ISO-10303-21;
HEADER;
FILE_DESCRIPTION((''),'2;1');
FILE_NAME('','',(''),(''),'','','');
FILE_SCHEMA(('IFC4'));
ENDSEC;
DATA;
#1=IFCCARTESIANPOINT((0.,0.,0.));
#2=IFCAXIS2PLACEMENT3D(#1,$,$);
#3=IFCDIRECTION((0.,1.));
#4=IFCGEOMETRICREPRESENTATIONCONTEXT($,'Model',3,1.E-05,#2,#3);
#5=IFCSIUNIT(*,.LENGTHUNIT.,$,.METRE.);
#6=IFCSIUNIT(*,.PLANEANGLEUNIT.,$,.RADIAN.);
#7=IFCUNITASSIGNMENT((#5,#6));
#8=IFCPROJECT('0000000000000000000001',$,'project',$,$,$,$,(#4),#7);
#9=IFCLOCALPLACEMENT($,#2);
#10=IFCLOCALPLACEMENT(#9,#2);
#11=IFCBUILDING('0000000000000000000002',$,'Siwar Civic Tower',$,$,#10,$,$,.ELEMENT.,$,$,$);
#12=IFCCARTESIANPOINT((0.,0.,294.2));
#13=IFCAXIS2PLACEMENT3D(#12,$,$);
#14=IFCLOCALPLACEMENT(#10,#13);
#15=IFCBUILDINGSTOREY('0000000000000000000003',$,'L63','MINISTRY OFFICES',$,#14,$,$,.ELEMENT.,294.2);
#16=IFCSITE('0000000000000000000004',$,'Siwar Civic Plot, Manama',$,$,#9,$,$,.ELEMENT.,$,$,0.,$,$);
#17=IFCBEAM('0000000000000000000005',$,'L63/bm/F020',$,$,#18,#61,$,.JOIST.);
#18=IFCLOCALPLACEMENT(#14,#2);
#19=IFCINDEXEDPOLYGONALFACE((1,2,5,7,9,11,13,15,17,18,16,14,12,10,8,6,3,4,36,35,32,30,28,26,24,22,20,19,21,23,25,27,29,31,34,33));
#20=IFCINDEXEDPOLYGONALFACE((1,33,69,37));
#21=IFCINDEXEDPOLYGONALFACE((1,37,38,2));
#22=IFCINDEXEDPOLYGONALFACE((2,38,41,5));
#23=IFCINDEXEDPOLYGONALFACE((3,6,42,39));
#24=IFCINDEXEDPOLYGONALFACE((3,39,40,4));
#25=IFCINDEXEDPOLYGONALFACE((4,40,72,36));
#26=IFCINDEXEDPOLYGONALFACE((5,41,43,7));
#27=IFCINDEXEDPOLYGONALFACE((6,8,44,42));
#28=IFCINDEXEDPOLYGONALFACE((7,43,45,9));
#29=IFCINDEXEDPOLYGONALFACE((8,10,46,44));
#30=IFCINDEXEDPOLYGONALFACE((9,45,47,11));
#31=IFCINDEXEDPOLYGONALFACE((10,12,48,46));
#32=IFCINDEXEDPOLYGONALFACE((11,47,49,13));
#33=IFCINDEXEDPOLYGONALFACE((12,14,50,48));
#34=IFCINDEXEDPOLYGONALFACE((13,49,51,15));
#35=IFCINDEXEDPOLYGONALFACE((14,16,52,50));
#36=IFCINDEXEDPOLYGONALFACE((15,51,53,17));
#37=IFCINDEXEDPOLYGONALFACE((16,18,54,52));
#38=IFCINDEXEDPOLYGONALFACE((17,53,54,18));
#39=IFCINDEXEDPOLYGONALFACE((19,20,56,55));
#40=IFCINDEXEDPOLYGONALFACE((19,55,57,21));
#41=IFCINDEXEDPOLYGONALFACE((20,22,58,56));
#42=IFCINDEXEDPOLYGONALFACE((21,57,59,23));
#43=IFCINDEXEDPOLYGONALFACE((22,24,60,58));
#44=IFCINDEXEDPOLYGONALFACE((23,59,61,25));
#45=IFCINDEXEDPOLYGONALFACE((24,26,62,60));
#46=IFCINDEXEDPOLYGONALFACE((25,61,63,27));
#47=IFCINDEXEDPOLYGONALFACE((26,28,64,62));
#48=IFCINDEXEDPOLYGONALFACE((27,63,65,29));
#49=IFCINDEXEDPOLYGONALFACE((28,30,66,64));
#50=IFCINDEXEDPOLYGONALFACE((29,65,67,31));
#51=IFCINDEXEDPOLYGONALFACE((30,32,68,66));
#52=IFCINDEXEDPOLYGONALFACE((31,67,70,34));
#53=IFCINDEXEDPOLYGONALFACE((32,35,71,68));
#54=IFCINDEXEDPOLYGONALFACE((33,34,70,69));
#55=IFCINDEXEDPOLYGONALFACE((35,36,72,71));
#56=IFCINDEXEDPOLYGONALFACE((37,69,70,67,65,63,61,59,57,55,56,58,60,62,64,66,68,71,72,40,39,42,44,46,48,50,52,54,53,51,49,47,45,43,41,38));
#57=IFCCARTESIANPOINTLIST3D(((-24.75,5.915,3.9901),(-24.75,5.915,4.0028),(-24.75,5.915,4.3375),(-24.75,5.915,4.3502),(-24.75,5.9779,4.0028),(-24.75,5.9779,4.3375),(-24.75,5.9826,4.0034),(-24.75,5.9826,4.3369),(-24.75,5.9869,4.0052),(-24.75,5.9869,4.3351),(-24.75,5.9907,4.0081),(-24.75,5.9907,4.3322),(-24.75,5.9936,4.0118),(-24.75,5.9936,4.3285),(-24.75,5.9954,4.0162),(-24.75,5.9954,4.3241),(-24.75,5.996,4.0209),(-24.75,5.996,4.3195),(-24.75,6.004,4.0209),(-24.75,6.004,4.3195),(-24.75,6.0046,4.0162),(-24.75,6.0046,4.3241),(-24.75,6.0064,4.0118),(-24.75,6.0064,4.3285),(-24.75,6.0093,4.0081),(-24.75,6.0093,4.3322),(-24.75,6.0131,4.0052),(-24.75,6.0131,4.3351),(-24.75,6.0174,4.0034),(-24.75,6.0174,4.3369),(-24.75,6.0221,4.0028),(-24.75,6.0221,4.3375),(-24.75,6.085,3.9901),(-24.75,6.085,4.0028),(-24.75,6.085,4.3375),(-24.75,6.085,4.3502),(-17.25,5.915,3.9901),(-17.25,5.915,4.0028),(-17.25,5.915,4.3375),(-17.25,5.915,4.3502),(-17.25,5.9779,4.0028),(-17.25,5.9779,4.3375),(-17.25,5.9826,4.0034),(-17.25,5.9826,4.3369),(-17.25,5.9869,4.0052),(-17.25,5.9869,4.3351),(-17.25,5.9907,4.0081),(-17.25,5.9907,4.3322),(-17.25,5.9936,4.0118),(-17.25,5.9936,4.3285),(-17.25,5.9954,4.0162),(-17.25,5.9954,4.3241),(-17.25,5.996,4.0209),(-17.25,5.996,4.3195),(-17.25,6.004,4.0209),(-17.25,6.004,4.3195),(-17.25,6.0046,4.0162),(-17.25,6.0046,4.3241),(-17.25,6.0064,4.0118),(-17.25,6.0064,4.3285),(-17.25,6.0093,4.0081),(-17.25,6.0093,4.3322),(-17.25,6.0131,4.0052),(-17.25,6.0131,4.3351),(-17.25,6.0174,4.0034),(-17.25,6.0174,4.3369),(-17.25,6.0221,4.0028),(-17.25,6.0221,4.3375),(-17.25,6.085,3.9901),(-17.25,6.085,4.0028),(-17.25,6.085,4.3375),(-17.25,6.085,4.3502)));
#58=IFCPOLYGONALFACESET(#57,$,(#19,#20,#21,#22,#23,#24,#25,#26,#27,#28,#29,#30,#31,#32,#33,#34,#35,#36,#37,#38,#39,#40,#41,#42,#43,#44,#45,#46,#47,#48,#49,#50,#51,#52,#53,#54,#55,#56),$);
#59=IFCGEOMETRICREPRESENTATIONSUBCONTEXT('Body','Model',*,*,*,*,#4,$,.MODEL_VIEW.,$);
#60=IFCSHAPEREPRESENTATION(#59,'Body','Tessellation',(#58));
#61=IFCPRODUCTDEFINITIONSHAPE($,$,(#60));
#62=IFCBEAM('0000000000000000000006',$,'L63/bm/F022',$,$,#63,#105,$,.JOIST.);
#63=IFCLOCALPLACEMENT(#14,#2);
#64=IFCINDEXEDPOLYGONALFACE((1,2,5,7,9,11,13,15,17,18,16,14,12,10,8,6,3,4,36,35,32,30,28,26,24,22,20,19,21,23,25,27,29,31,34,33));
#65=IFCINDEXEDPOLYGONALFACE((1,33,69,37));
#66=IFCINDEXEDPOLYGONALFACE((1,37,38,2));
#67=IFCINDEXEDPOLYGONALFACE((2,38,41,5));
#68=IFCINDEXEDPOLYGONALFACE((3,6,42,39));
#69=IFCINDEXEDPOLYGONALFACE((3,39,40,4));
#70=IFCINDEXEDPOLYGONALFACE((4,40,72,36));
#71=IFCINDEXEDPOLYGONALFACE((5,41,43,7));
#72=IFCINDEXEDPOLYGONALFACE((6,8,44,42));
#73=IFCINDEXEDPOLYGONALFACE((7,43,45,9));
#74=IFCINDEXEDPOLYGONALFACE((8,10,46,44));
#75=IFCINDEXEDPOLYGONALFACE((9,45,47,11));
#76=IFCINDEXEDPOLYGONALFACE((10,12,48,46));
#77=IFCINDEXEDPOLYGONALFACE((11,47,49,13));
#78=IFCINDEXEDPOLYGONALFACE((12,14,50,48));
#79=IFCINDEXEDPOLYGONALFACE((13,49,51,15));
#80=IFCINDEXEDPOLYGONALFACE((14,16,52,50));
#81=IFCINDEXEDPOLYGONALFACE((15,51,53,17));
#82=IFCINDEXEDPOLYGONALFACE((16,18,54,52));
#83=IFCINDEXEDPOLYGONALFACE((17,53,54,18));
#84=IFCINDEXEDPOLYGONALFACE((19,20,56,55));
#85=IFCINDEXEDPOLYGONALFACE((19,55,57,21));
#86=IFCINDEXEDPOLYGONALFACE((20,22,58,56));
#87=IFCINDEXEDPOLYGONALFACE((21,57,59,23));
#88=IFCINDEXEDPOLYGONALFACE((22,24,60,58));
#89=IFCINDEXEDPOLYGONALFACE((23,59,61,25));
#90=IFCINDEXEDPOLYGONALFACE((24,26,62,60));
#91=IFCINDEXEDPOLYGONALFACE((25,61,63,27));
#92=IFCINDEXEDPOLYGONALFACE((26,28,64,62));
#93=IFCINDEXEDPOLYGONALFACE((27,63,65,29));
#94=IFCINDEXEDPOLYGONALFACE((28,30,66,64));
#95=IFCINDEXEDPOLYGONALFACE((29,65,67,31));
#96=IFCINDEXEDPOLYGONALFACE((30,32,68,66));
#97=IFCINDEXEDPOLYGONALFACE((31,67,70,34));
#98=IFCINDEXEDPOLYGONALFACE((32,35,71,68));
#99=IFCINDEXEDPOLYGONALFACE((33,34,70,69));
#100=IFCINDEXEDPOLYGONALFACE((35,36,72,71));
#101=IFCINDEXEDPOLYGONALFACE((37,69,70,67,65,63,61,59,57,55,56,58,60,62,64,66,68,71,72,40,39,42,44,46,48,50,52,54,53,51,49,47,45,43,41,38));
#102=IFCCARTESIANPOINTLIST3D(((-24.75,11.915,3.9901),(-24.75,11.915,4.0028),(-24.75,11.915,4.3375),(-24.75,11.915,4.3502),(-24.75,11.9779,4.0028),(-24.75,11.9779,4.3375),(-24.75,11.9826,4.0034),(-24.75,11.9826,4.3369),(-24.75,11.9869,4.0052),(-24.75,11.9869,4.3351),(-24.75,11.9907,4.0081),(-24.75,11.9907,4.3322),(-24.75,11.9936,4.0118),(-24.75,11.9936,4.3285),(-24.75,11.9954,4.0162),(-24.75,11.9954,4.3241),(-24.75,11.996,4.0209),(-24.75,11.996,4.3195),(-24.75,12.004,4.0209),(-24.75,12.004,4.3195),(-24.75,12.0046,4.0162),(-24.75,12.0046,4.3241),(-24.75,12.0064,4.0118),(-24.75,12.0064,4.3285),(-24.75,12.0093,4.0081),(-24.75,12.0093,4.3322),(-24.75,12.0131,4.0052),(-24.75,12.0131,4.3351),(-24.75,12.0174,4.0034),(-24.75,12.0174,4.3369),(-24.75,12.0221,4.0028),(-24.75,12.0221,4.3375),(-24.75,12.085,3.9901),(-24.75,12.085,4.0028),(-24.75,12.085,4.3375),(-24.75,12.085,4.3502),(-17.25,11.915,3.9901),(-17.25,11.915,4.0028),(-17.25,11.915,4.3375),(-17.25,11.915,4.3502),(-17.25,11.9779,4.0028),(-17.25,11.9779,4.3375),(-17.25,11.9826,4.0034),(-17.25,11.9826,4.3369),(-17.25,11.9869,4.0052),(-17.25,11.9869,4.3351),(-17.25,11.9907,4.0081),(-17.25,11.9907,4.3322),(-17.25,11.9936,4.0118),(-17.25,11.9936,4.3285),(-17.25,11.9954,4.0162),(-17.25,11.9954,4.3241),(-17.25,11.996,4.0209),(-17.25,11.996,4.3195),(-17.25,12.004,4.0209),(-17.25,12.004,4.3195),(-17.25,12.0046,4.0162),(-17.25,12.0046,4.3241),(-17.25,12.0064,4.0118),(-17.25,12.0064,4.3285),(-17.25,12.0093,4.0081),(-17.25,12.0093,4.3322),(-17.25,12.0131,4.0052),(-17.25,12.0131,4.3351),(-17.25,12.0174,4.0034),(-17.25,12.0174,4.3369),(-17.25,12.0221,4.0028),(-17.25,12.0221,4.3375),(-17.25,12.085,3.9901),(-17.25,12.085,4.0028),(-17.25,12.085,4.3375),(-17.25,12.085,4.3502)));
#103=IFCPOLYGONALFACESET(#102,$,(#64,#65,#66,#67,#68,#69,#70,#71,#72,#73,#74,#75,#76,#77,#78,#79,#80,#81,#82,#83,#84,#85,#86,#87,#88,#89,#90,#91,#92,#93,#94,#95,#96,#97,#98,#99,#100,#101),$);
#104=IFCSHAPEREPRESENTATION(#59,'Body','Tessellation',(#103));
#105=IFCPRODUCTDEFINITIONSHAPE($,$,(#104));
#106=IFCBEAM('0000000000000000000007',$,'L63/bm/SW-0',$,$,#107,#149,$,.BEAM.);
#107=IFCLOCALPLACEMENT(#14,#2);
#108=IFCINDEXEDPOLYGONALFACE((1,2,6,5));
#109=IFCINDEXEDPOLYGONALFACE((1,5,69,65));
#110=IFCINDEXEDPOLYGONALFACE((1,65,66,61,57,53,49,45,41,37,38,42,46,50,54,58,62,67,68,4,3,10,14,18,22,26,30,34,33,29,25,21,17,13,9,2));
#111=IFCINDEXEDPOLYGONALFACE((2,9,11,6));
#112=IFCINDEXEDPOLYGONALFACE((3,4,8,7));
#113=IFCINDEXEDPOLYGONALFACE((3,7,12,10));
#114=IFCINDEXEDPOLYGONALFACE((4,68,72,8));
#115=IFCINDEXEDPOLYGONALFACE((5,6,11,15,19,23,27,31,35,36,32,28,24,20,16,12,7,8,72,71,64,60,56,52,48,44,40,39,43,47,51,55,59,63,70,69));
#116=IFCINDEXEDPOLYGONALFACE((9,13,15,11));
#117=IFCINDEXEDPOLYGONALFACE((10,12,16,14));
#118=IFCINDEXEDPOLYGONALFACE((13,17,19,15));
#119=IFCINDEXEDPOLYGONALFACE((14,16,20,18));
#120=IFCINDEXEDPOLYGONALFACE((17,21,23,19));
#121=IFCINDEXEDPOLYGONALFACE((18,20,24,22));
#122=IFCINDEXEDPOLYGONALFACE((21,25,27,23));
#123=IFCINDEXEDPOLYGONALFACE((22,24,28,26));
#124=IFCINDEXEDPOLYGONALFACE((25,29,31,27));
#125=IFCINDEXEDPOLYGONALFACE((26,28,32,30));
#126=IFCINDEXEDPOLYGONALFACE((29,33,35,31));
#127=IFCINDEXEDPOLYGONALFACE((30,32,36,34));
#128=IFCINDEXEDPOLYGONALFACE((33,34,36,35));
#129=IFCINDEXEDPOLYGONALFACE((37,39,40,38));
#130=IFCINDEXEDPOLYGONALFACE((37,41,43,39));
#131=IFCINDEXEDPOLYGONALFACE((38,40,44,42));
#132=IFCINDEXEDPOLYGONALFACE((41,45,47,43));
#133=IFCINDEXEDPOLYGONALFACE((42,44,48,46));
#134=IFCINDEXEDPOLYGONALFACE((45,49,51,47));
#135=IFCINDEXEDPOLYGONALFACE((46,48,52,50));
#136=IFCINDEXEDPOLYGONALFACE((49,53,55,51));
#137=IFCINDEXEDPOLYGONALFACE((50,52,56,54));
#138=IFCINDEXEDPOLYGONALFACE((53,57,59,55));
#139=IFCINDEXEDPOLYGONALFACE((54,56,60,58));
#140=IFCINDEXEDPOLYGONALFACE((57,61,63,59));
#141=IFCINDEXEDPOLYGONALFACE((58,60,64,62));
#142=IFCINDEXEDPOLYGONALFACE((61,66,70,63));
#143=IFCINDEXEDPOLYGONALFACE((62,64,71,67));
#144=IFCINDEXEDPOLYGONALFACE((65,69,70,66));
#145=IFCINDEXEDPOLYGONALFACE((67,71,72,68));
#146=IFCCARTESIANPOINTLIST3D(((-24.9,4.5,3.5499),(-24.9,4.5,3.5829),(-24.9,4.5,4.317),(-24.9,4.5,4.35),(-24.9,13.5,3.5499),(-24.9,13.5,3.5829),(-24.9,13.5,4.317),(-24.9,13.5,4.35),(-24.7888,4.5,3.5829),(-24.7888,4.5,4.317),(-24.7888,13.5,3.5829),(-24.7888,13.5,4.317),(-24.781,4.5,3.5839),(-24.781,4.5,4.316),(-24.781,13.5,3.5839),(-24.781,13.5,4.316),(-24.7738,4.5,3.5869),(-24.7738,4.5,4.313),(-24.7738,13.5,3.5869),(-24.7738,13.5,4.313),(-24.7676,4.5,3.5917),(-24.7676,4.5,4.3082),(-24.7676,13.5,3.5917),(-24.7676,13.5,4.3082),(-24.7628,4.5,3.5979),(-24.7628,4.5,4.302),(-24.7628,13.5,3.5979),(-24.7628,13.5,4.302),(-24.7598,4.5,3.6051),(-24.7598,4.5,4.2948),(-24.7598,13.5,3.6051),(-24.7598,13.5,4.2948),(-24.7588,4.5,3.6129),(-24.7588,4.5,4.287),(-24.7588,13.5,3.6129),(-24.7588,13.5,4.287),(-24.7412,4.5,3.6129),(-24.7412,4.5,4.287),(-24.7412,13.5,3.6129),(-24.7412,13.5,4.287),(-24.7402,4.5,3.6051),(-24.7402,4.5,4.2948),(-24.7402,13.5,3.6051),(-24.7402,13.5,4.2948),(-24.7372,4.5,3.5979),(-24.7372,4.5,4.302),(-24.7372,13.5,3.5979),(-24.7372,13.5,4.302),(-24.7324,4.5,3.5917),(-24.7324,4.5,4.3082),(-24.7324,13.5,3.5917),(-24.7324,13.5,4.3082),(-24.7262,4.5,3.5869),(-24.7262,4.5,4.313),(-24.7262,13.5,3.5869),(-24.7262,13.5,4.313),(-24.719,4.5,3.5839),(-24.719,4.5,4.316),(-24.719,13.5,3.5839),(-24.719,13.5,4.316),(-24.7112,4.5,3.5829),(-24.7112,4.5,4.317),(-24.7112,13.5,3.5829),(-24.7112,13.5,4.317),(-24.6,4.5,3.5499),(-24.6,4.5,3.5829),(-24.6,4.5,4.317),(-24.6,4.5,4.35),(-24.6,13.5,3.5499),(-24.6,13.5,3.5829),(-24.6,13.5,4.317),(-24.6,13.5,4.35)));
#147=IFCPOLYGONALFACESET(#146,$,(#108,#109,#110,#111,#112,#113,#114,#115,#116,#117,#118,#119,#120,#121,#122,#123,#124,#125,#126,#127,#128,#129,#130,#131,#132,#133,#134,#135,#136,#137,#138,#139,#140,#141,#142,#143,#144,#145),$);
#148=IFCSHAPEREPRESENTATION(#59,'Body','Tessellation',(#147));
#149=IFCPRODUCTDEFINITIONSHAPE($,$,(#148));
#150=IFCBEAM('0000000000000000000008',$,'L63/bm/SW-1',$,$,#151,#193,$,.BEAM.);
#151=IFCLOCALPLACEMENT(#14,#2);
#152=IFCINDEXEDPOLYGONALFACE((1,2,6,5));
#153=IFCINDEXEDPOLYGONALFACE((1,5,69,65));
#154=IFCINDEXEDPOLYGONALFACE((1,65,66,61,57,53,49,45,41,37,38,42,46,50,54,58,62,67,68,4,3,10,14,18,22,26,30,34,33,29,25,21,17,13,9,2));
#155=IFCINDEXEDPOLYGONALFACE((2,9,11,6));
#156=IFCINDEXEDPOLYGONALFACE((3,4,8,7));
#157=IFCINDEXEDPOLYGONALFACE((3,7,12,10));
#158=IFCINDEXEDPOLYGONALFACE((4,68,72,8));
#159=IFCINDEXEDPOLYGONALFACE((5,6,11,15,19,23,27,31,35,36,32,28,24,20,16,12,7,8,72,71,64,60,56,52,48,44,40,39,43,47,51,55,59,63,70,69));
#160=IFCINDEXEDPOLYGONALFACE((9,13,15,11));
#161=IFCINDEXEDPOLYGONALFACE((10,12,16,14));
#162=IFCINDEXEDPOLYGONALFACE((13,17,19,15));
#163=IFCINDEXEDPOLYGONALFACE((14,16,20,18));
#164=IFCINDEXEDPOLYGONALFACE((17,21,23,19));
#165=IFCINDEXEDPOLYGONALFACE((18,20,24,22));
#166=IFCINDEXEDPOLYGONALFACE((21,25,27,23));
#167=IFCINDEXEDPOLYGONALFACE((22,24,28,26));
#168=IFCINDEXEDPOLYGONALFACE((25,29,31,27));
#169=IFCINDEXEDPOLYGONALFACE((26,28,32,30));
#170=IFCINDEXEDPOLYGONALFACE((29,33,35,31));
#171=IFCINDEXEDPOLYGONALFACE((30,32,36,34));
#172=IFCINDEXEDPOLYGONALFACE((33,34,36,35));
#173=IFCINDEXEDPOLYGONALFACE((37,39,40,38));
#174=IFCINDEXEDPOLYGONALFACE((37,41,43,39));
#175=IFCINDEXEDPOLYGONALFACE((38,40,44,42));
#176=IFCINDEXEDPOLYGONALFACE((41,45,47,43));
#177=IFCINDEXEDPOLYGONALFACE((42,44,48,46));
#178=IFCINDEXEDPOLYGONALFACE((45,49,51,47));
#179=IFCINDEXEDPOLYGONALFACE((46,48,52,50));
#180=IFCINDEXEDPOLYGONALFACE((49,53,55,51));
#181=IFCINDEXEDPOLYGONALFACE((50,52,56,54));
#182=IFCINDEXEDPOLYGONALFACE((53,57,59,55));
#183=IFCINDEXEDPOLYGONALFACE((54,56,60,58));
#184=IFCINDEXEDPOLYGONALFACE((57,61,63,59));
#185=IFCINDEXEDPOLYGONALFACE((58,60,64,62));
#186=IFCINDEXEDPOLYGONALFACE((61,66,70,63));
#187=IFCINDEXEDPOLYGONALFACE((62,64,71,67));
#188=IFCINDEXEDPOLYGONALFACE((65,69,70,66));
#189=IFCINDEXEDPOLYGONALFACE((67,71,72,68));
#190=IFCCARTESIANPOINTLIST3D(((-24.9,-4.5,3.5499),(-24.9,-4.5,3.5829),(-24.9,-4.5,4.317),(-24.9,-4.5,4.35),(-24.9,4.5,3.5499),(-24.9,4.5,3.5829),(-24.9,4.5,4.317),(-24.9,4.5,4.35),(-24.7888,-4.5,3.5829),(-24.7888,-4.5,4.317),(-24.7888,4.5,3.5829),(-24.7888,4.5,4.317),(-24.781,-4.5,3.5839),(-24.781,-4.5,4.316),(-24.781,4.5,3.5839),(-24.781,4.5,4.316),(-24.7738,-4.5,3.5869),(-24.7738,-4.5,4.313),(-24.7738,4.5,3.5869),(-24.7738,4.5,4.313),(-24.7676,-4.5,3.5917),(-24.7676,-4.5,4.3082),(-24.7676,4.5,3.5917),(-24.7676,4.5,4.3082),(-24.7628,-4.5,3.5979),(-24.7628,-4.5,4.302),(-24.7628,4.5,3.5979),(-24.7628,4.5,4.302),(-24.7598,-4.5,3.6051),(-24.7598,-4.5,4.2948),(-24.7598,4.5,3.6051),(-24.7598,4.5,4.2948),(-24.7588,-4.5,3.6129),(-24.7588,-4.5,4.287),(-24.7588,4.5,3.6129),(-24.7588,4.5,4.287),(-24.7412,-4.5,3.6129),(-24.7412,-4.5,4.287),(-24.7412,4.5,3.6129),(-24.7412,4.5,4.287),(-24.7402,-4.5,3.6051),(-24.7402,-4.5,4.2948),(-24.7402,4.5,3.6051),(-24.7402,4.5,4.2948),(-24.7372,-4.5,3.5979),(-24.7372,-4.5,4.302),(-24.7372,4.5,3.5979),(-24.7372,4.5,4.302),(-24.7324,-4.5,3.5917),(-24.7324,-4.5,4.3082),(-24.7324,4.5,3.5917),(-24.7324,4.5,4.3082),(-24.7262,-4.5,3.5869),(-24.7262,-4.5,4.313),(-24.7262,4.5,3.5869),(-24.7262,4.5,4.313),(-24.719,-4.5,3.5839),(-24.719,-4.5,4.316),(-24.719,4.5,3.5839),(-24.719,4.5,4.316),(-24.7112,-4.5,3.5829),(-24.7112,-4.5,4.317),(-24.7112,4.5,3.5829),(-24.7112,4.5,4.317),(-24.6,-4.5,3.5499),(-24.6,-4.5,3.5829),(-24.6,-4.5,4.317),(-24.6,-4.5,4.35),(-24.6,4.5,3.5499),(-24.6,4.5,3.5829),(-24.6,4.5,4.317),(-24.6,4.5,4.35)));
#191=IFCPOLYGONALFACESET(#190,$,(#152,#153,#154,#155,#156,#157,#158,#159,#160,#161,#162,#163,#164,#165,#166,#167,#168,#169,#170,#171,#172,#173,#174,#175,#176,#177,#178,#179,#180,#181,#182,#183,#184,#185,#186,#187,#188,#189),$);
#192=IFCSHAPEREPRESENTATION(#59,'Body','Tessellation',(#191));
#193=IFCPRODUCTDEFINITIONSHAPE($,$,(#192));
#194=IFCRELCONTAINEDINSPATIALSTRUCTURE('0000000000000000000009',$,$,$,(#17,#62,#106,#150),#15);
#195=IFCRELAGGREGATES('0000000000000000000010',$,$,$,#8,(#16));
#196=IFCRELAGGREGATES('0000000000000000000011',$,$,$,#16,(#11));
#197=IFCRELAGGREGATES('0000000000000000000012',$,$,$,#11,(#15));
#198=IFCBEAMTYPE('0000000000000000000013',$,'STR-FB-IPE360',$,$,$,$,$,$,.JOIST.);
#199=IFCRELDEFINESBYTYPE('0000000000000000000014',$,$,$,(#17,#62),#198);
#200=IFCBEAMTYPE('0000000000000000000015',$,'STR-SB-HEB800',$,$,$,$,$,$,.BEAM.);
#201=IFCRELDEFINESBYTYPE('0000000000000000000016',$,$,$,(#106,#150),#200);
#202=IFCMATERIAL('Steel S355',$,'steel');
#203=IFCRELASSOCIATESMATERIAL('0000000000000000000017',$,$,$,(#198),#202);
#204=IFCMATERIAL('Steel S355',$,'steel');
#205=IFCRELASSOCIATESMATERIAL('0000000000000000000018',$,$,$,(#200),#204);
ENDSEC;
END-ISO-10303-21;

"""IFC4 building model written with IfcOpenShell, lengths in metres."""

from ifc_helpers import new_model, si_unit, direction, frame, origin, origin_2d, place, context, subcontext, project, spatial, i_section, extrude, material, material_profile, profile_set, type_object, element, save


model = new_model("IFC4")

# Units and contexts
model_context = context("Model", 3, precision=1e-05, world=origin(), true_north=direction((0.0, 1.0)))
body_context = subcontext(model_context, "Body", "Model", "MODEL_VIEW")
ifc_project = project(units=[si_unit("LENGTHUNIT", "METRE"), si_unit("PLANEANGLEUNIT", "RADIAN")], contexts=[model_context])

# Site, building, storey
site_placement = place(None, origin())
site = spatial("IfcSite", under=ifc_project, at=site_placement, Name="Siwar Civic Plot, Manama", CompositionType="ELEMENT", RefElevation=0.0)
building_placement = place(site_placement, origin())
building = spatial("IfcBuilding", under=site, at=building_placement, Name="Siwar Civic Tower", CompositionType="ELEMENT")
storey_placement = place(building_placement, frame((0.0, 0.0, 294.2)))
storey = spatial("IfcBuildingStorey", under=building, at=storey_placement, Name="L63", Description="MINISTRY OFFICES", CompositionType="ELEMENT", Elevation=294.2)

# Beams
ifc_material_1 = material(Name="Steel S355", Category="steel")
ifc_material_profile_1 = material_profile(ifc_material_1, i_section(OverallWidth=0.1699, OverallDepth=0.3601, WebThickness=0.0081, FlangeThickness=0.0127, FilletRadius=0.0181, at=origin_2d()), Name="IPE360")
ifc_profile_set_1 = profile_set([ifc_material_profile_1], Name="Steel S355")
beam_type_1 = type_object("IfcBeamType", Name="STR-FB-IPE360", PredefinedType="JOIST", material=ifc_profile_set_1)
for number, where, z_axis, x_axis, name in (
    (1, (-24.75, 6.0, 4.1702), (1.0, 0.0, 0.0), (0.0, 1.0, 0.0), "L63/bm/F020"),
    (2, (-24.75, 12.0, 4.1702), (1.0, 0.0, 0.0), (0.0, 1.0, 0.0), "L63/bm/F022"),
):
    element("IfcBeam", number, at=place(storey_placement, frame(where, z_axis=z_axis, x_axis=x_axis)), inside=storey, type_object=beam_type_1, Name=name, PredefinedType="JOIST", context=body_context, shape_type="SweptSolid", body=[
        extrude(i_section(OverallWidth=0.1699, OverallDepth=0.3601, WebThickness=0.0081, FlangeThickness=0.0127, FilletRadius=0.0181, at=origin_2d()), origin(), (0.0, 0.0, 1.0), 7.5),
    ])
ifc_material_2 = material(Name="Steel S355", Category="steel")
ifc_material_profile_2 = material_profile(ifc_material_2, i_section(OverallWidth=0.3, OverallDepth=0.8, WebThickness=0.0176, FlangeThickness=0.033, FilletRadius=0.03, at=origin_2d()), Name="HEB800")
ifc_profile_set_2 = profile_set([ifc_material_profile_2], Name="Steel S355")
beam_type_2 = type_object("IfcBeamType", Name="STR-SB-HEB800", PredefinedType="BEAM", material=ifc_profile_set_2)
for number, where, z_axis, x_axis, name in (
    (3, (-24.75, 13.5, 3.95), (0.0, -1.0, 0.0), (1.0, 0.0, 0.0), "L63/bm/SW-0"),
    (4, (-24.75, 4.5, 3.95), (0.0, -1.0, 0.0), (1.0, 0.0, 0.0), "L63/bm/SW-1"),
):
    element("IfcBeam", number, at=place(storey_placement, frame(where, z_axis=z_axis, x_axis=x_axis)), inside=storey, type_object=beam_type_2, Name=name, PredefinedType="BEAM", context=body_context, shape_type="SweptSolid", body=[
        extrude(i_section(OverallWidth=0.3, OverallDepth=0.8, WebThickness=0.0176, FlangeThickness=0.033, FilletRadius=0.03, at=origin_2d()), origin(), (0.0, 0.0, 1.0), 9.0),
    ])

save(model, "model.ifc")
